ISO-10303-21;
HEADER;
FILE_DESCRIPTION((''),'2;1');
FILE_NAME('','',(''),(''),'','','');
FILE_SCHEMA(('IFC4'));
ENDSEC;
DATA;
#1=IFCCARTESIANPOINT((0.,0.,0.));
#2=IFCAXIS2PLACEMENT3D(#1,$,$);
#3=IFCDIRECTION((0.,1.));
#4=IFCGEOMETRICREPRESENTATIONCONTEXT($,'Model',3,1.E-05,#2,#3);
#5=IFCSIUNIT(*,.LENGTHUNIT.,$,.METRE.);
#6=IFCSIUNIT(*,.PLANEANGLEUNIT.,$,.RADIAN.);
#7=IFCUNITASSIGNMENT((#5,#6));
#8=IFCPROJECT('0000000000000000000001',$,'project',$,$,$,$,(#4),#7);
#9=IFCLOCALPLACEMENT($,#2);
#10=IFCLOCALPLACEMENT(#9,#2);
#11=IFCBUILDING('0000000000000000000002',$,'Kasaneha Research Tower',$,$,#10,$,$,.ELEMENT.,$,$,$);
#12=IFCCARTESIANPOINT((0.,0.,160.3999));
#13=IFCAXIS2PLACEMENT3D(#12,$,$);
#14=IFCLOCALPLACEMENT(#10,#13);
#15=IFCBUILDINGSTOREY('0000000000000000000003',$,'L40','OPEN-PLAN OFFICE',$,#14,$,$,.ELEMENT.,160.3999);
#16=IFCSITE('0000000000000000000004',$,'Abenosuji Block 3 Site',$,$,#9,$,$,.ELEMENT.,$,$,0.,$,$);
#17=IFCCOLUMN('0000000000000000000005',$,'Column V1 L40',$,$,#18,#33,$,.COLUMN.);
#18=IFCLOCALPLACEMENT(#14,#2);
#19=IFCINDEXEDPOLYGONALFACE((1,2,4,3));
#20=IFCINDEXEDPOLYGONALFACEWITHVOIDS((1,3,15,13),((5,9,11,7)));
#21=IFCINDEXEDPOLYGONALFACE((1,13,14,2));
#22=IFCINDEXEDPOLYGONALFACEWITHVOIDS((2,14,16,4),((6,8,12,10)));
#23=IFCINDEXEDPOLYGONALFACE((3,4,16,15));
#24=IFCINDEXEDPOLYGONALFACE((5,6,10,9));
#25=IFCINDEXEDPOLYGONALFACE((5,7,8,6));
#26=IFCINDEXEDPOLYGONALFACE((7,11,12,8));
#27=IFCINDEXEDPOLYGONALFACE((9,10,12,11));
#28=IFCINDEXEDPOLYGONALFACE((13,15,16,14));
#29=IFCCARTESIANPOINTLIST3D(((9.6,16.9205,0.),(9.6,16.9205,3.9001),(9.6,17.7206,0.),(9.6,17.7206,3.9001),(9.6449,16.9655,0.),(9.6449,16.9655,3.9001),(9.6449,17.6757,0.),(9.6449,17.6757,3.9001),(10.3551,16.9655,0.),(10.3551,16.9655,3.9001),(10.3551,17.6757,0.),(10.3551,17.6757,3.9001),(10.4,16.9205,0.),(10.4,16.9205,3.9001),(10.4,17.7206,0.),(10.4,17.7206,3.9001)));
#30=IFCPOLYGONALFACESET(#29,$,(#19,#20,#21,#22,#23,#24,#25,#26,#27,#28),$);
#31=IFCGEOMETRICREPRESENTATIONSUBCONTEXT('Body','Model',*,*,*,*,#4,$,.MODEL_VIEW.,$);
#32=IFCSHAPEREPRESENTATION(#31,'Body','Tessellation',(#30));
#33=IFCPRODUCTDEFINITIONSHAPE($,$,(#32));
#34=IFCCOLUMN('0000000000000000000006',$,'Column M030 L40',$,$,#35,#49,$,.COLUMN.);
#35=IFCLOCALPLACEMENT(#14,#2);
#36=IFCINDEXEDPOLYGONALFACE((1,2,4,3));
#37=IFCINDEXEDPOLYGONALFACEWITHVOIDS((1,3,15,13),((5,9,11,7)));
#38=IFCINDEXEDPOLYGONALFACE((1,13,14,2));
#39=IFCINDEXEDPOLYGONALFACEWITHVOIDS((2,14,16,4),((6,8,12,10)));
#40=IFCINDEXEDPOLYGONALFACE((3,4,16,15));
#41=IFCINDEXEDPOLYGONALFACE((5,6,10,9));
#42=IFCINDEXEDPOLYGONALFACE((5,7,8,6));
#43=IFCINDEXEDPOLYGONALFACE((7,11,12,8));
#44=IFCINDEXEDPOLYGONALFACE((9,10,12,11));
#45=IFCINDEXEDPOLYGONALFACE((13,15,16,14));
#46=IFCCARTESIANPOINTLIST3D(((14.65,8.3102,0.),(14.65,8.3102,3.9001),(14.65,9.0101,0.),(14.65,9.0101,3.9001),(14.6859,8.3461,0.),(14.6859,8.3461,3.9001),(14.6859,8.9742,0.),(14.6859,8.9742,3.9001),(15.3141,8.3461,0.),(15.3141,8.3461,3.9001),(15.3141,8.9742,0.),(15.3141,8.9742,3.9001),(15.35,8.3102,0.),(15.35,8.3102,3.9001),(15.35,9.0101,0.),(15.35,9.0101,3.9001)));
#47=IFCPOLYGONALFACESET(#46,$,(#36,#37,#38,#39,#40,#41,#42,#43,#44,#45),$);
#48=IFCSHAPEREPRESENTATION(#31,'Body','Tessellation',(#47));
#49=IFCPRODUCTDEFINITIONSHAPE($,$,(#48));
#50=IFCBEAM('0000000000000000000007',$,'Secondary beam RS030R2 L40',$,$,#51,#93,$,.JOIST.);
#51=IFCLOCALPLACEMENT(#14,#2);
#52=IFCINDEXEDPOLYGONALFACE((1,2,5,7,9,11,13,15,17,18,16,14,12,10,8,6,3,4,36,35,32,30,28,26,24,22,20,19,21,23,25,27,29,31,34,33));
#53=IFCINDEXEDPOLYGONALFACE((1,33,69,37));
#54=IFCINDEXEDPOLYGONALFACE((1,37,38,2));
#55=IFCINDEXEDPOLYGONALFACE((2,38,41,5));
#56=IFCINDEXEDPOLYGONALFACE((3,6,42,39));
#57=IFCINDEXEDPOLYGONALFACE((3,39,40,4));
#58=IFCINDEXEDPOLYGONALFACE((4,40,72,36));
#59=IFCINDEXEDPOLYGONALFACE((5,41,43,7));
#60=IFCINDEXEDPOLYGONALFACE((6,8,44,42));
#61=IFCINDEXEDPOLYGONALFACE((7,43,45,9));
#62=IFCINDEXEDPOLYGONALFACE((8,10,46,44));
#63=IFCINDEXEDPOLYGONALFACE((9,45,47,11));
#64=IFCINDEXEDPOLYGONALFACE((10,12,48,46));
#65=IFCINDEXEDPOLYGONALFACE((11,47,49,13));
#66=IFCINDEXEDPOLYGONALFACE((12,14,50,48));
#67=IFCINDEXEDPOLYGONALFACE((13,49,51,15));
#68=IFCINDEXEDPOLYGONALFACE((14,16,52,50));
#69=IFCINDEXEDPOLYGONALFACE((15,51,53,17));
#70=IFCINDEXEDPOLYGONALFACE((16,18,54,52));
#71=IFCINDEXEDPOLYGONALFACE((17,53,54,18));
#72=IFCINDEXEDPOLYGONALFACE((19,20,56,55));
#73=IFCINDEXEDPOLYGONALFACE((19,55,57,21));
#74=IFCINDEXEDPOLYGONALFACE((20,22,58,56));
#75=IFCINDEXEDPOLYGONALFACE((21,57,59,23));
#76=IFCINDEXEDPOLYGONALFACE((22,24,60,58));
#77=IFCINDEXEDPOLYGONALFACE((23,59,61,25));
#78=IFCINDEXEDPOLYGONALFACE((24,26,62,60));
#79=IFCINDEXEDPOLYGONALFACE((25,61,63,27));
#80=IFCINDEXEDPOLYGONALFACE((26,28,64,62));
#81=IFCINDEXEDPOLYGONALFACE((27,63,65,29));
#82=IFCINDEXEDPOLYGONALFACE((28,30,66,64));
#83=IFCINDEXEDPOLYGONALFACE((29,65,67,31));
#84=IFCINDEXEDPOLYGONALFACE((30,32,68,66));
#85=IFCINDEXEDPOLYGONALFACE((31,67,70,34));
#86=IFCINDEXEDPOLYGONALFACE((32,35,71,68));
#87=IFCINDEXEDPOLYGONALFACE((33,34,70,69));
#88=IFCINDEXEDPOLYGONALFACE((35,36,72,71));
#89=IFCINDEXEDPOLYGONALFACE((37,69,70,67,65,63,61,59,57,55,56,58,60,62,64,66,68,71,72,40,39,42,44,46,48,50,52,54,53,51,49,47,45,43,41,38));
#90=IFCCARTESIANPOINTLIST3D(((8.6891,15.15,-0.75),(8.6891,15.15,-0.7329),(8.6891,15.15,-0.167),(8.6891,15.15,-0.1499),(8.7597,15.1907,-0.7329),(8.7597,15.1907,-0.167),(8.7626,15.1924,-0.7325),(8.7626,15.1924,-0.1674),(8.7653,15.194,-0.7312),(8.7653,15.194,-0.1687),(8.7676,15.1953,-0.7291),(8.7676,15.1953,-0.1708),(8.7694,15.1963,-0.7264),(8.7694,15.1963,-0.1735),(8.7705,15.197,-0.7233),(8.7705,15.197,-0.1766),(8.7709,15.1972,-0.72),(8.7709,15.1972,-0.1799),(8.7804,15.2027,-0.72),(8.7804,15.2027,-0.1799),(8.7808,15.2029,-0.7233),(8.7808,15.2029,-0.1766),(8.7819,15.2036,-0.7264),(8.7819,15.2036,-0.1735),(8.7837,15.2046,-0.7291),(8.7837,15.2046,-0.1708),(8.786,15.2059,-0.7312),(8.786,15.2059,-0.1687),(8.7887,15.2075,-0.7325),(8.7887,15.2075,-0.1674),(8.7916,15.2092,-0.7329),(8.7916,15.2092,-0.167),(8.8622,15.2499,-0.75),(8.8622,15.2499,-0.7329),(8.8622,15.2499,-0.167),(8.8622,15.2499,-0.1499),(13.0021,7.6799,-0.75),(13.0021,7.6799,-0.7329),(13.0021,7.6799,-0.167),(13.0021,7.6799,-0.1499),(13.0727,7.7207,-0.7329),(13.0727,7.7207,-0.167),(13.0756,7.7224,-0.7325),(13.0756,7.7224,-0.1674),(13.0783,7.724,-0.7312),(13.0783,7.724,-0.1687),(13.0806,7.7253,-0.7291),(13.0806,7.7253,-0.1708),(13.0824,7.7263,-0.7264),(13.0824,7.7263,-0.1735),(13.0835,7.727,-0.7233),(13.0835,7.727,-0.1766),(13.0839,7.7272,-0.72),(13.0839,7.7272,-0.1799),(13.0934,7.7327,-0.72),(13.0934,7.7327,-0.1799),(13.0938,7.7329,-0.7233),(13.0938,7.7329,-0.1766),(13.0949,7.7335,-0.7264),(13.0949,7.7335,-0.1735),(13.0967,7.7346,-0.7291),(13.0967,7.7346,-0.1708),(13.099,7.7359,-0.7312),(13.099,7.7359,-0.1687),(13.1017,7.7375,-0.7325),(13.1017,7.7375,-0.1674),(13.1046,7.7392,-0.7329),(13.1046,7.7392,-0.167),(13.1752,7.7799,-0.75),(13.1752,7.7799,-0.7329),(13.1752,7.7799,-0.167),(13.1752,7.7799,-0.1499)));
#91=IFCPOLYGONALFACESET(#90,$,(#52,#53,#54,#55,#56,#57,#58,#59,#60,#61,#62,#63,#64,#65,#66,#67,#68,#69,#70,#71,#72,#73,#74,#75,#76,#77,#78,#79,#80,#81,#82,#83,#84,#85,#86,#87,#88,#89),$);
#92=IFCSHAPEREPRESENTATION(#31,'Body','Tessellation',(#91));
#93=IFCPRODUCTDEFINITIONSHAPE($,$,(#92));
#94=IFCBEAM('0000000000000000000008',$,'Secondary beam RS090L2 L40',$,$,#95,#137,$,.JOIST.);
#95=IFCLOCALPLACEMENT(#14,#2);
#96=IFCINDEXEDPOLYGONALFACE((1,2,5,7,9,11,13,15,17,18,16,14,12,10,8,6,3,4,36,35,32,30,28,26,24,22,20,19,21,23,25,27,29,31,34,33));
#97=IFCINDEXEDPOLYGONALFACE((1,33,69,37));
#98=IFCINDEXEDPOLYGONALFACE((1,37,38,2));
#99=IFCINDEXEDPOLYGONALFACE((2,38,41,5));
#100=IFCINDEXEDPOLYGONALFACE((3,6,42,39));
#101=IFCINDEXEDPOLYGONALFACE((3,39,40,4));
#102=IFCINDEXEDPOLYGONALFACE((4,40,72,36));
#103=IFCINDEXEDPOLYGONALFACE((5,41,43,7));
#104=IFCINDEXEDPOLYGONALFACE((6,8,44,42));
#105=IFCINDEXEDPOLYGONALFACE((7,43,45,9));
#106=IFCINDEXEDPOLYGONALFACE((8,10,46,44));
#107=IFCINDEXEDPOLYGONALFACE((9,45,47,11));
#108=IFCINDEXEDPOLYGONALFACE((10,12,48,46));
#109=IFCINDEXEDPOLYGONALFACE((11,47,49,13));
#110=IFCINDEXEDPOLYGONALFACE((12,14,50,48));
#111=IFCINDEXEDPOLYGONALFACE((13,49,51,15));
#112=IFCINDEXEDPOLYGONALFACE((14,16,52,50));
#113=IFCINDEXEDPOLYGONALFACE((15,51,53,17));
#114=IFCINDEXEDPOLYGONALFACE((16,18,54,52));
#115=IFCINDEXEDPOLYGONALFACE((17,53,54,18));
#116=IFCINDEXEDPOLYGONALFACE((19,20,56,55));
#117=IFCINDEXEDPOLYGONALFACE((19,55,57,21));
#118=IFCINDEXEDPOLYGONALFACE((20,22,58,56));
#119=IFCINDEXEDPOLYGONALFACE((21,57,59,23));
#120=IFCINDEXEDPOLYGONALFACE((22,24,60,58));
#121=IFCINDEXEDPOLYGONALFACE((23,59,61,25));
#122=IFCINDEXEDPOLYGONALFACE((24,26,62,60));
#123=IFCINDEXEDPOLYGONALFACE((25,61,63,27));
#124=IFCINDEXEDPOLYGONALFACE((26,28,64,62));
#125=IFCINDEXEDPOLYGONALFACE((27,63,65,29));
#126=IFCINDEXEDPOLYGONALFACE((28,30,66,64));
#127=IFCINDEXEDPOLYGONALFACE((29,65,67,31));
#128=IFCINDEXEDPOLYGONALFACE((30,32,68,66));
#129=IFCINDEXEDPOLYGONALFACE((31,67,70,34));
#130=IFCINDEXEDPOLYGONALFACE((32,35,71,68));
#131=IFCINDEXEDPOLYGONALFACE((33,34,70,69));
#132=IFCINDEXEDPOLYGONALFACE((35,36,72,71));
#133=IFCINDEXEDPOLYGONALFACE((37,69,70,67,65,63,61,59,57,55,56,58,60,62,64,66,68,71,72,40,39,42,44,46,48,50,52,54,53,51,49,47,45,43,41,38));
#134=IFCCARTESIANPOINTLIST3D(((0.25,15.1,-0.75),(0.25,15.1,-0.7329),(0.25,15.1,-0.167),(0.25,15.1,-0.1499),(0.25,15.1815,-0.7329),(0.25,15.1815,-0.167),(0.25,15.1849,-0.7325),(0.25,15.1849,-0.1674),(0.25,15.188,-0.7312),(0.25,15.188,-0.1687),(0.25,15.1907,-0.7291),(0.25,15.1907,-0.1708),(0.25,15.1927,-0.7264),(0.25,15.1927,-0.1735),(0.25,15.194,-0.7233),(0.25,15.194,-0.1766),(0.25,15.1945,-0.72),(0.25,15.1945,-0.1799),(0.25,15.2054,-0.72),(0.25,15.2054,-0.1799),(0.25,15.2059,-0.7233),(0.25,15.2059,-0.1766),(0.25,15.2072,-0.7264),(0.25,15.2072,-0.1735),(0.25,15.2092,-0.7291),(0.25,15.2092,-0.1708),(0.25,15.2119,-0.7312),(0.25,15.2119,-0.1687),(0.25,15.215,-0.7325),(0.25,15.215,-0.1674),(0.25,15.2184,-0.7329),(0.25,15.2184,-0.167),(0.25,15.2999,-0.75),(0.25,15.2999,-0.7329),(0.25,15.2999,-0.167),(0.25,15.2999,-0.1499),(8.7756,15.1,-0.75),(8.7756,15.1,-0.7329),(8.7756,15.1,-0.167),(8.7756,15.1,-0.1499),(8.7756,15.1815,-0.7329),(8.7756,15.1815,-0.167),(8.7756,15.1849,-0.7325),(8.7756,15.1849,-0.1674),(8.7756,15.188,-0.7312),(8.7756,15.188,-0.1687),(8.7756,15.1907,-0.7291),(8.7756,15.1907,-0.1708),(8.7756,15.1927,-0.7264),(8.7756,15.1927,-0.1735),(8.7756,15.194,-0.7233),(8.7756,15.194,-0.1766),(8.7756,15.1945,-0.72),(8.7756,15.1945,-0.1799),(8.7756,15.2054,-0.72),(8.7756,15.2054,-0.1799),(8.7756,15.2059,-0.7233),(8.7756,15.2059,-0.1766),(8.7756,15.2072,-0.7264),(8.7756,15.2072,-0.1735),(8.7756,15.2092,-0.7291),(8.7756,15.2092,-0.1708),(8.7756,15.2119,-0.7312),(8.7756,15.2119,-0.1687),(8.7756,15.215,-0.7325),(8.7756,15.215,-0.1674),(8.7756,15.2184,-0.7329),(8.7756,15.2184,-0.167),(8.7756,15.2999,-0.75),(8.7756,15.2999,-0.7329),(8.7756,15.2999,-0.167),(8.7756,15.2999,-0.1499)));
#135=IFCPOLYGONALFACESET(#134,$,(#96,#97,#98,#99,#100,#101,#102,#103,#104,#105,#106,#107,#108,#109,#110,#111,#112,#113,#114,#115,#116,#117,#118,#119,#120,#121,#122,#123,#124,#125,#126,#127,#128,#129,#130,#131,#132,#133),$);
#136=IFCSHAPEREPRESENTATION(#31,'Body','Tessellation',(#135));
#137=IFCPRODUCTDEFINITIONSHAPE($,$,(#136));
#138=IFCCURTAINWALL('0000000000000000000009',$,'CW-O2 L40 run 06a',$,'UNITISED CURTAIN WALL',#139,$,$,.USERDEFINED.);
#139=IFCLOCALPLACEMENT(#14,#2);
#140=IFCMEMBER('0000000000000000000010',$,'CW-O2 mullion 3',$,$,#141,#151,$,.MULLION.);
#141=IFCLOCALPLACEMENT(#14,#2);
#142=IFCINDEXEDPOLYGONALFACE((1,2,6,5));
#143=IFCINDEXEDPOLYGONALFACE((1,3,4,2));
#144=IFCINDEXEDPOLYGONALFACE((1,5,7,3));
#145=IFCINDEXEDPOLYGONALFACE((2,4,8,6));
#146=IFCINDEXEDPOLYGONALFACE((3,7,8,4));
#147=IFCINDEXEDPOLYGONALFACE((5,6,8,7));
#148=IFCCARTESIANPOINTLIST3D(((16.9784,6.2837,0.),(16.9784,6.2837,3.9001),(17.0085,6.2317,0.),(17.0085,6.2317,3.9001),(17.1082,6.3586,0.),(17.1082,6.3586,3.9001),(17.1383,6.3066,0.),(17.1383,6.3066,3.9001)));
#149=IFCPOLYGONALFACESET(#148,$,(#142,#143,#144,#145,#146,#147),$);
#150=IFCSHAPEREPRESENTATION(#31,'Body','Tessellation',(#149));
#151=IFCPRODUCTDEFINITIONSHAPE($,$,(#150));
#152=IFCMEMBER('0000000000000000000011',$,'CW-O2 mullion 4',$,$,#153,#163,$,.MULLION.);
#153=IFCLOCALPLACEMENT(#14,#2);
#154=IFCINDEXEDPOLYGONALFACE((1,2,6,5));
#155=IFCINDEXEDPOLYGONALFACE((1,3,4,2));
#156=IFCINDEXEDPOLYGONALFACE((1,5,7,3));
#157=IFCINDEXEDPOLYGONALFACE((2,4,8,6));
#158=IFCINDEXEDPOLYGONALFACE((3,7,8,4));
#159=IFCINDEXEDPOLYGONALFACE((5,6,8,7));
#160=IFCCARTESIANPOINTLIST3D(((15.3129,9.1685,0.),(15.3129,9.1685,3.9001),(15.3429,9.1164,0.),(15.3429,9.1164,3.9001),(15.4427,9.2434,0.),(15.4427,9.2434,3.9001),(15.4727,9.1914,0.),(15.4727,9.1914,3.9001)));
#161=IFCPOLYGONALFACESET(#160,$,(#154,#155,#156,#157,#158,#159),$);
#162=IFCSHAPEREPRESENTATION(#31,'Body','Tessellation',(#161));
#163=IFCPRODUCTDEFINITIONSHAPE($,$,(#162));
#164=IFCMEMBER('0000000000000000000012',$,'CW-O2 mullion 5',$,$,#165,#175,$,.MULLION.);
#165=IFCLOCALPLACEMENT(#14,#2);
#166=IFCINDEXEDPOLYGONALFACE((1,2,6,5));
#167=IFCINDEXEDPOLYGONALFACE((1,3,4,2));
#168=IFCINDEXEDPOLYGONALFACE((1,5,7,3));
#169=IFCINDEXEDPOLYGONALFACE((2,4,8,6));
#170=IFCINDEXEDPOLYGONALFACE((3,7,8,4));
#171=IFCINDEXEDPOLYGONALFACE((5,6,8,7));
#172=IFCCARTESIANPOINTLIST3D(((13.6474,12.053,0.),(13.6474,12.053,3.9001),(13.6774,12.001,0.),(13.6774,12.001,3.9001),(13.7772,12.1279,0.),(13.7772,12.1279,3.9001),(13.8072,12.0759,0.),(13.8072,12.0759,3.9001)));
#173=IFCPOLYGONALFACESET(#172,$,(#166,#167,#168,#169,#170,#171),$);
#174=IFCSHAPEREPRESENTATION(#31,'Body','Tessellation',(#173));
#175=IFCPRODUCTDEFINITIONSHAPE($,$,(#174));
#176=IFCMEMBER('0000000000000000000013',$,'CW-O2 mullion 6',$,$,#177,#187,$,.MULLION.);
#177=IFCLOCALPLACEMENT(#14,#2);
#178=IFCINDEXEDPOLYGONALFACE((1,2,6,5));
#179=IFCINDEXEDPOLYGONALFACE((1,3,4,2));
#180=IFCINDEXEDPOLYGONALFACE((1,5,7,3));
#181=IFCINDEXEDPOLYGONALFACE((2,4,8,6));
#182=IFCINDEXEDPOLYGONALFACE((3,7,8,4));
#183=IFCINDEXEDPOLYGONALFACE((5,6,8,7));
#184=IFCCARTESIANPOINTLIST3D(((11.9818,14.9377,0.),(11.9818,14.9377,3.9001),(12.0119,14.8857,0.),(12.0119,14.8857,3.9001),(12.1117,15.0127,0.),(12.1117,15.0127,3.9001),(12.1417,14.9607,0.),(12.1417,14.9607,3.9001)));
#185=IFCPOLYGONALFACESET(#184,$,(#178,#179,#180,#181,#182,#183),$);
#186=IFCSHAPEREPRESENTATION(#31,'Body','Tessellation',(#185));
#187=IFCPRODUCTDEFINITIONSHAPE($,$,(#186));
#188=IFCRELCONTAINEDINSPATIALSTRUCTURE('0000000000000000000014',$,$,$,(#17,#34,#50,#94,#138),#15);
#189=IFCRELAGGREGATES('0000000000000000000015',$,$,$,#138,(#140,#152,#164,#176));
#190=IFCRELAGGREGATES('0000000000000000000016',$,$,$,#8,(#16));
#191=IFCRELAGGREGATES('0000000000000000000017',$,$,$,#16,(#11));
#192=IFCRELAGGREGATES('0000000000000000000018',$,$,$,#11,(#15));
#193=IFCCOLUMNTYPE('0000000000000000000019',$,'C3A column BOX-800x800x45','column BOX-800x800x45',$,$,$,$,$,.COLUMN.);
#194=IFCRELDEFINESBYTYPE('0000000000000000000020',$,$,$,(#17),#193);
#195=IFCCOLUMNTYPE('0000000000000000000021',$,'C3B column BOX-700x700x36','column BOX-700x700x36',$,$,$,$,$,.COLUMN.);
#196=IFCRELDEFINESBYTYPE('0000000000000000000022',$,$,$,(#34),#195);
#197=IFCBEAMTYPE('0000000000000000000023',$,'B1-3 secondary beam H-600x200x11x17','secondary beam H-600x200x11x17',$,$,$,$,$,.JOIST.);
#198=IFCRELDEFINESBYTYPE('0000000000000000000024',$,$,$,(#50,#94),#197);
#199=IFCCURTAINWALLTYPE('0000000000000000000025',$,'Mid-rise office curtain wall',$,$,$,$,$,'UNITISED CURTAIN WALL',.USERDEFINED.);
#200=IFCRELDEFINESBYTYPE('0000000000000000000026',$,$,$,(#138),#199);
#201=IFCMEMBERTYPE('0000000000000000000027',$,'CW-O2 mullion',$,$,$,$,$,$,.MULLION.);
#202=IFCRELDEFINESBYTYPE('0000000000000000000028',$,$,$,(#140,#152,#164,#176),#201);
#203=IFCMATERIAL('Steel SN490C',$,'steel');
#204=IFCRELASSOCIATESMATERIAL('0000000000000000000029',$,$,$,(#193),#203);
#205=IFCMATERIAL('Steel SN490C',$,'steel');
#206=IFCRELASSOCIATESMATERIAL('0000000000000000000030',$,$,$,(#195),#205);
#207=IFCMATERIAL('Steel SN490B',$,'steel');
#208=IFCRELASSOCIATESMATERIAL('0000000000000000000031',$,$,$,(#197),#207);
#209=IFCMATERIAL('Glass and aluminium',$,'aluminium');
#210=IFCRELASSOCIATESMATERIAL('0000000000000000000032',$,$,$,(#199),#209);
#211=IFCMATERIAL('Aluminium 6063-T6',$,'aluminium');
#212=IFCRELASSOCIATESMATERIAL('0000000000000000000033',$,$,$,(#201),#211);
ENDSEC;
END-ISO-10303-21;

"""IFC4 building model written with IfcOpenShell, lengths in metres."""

from ifc_helpers import new_model, si_unit, direction, frame, origin, origin_2d, place, context, subcontext, project, spatial, rectangle, hollow_rectangle, i_section, extrude, material, material_profile, profile_set, type_object, element, aggregate, save


model = new_model("IFC4")

# Units and contexts
model_context = context("Model", 3, precision=1e-05, world=origin(), true_north=direction((0.0, 1.0)))
body_context = subcontext(model_context, "Body", "Model", "MODEL_VIEW")
ifc_project = project(units=[si_unit("LENGTHUNIT", "METRE"), si_unit("PLANEANGLEUNIT", "RADIAN")], contexts=[model_context])

# Site, building, storey
site_placement = place(None, origin())
site = spatial("IfcSite", under=ifc_project, at=site_placement, Name="Abenosuji Block 3 Site", CompositionType="ELEMENT", RefElevation=0.0)
building_placement = place(site_placement, origin())
building = spatial("IfcBuilding", under=site, at=building_placement, Name="Kasaneha Research Tower", CompositionType="ELEMENT")
storey_placement = place(building_placement, frame((0.0, 0.0, 160.3999)))
storey = spatial("IfcBuildingStorey", under=building, at=storey_placement, Name="L40", Description="OPEN-PLAN OFFICE", CompositionType="ELEMENT", Elevation=160.3999)

# Columns
ifc_material_1 = material(Name="Steel SN490C", Category="steel")
ifc_material_profile_1 = material_profile(ifc_material_1, hollow_rectangle(XDim=0.8, YDim=0.8, WallThickness=0.0449, at=origin_2d()), Name="BOX-800x800x45")
ifc_profile_set_1 = profile_set([ifc_material_profile_1], Name="Steel SN490C")
column_type_1 = type_object("IfcColumnType", Name="C3A column BOX-800x800x45", Description="column BOX-800x800x45", PredefinedType="COLUMN", material=ifc_profile_set_1)
column_1_placement = place(storey_placement, frame((10.0, 17.3206, 0.0), z_axis=(0.0, 0.0, 1.0), x_axis=(1.0, 0.0, 0.0)))
element("IfcColumn", 1, at=column_1_placement, inside=storey, type_object=column_type_1, Name="Column V1 L40", PredefinedType="COLUMN", context=body_context, shape_type="SweptSolid", body=[
    extrude(hollow_rectangle(XDim=0.8, YDim=0.8, WallThickness=0.0449, at=origin_2d()), origin(), (0.0, 0.0, 1.0), 3.9001),
])
ifc_material_2 = material(Name="Steel SN490C", Category="steel")
ifc_material_profile_2 = material_profile(ifc_material_2, hollow_rectangle(XDim=0.7, YDim=0.7, WallThickness=0.0359, at=origin_2d()), Name="BOX-700x700x36")
ifc_profile_set_2 = profile_set([ifc_material_profile_2], Name="Steel SN490C")
column_type_2 = type_object("IfcColumnType", Name="C3B column BOX-700x700x36", Description="column BOX-700x700x36", PredefinedType="COLUMN", material=ifc_profile_set_2)
column_2_placement = place(storey_placement, frame((15.0, 8.6602, 0.0), z_axis=(0.0, 0.0, 1.0), x_axis=(1.0, 0.0, 0.0)))
element("IfcColumn", 2, at=column_2_placement, inside=storey, type_object=column_type_2, Name="Column M030 L40", PredefinedType="COLUMN", context=body_context, shape_type="SweptSolid", body=[
    extrude(hollow_rectangle(XDim=0.7, YDim=0.7, WallThickness=0.0359, at=origin_2d()), origin(), (0.0, 0.0, 1.0), 3.9001),
])

# Beams
ifc_material_3 = material(Name="Steel SN490B", Category="steel")
ifc_material_profile_3 = material_profile(ifc_material_3, i_section(OverallWidth=0.2, OverallDepth=0.6001, WebThickness=0.011, FlangeThickness=0.0171, FilletRadius=0.0129, at=origin_2d()), Name="H-600x200x11x17")
ifc_profile_set_3 = profile_set([ifc_material_profile_3], Name="Steel SN490B")
beam_type_1 = type_object("IfcBeamType", Name="B1-3 secondary beam H-600x200x11x17", Description="secondary beam H-600x200x11x17", PredefinedType="JOIST", material=ifc_profile_set_3)
beam_1_placement = place(storey_placement, frame((8.7756, 15.2, -0.45), z_axis=(0.500017, -0.866015, 0.0), x_axis=(0.866015, 0.500017, 0.0)))
element("IfcBeam", 3, at=beam_1_placement, inside=storey, type_object=beam_type_1, Name="Secondary beam RS030R2 L40", PredefinedType="JOIST", context=body_context, shape_type="SweptSolid", body=[
    extrude(i_section(OverallWidth=0.2, OverallDepth=0.6001, WebThickness=0.011, FlangeThickness=0.0171, FilletRadius=0.0129, at=origin_2d()), origin(), (0.0, 0.0, 1.0), 8.6257),
])
beam_2_placement = place(storey_placement, frame((8.7756, 15.2, -0.45), z_axis=(-1.0, 0.0, 0.0), x_axis=(0.0, -1.0, 0.0)))
element("IfcBeam", 4, at=beam_2_placement, inside=storey, type_object=beam_type_1, Name="Secondary beam RS090L2 L40", PredefinedType="JOIST", context=body_context, shape_type="SweptSolid", body=[
    extrude(i_section(OverallWidth=0.2, OverallDepth=0.6001, WebThickness=0.011, FlangeThickness=0.0171, FilletRadius=0.0129, at=origin_2d()), origin(), (0.0, 0.0, 1.0), 8.5256),
])

# Curtain wall, members
ifc_material_4 = material(Name="Glass and aluminium", Category="aluminium")
curtain_wall_type = type_object("IfcCurtainWallType", Name="Mid-rise office curtain wall", ElementType="UNITISED CURTAIN WALL", PredefinedType="USERDEFINED", material=ifc_material_4)
curtain_wall_1_placement = place(storey_placement, origin())
curtain_wall_1 = element("IfcCurtainWall", 5, at=curtain_wall_1_placement, inside=storey, type_object=curtain_wall_type, Name="CW-O2 L40 run 06a", ObjectType="UNITISED CURTAIN WALL", PredefinedType="USERDEFINED")
ifc_material_5 = material(Name="Aluminium 6063-T6", Category="aluminium")
ifc_material_profile_4 = material_profile(ifc_material_5, rectangle(XDim=0.0601, YDim=0.1499, at=origin_2d()), Name="CW-O2 mullion 60x150")
ifc_profile_set_4 = profile_set([ifc_material_profile_4], Name="Aluminium 6063-T6")
member_type_1 = type_object("IfcMemberType", Name="CW-O2 mullion", PredefinedType="MULLION", material=ifc_profile_set_4)
member_1_placement = place(storey_placement, frame((17.0583, 6.2952, 0.0), z_axis=(0.0, 0.0, 1.0), x_axis=(-0.5, 0.866025, 0.0)))
member_1 = element("IfcMember", 6, at=member_1_placement, type_object=member_type_1, Name="CW-O2 mullion 3", PredefinedType="MULLION", context=body_context, shape_type="SweptSolid", body=[
    extrude(rectangle(XDim=0.0601, YDim=0.1499, at=origin_2d()), origin(), (0.0, 0.0, 1.0), 3.9001),
])
member_2_placement = place(storey_placement, frame((15.3928, 9.1799, 0.0), z_axis=(0.0, 0.0, 1.0), x_axis=(-0.5, 0.866025, 0.0)))
member_2 = element("IfcMember", 7, at=member_2_placement, type_object=member_type_1, Name="CW-O2 mullion 4", PredefinedType="MULLION", context=body_context, shape_type="SweptSolid", body=[
    extrude(rectangle(XDim=0.0601, YDim=0.1499, at=origin_2d()), origin(), (0.0, 0.0, 1.0), 3.9001),
])
member_3_placement = place(storey_placement, frame((13.7273, 12.0645, 0.0), z_axis=(0.0, 0.0, 1.0), x_axis=(-0.5, 0.866025, 0.0)))
member_3 = element("IfcMember", 8, at=member_3_placement, type_object=member_type_1, Name="CW-O2 mullion 5", PredefinedType="MULLION", context=body_context, shape_type="SweptSolid", body=[
    extrude(rectangle(XDim=0.0601, YDim=0.1499, at=origin_2d()), origin(), (0.0, 0.0, 1.0), 3.9001),
])
member_4_placement = place(storey_placement, frame((12.0618, 14.9492, 0.0), z_axis=(0.0, 0.0, 1.0), x_axis=(-0.5, 0.866025, 0.0)))
member_4 = element("IfcMember", 9, at=member_4_placement, type_object=member_type_1, Name="CW-O2 mullion 6", PredefinedType="MULLION", context=body_context, shape_type="SweptSolid", body=[
    extrude(rectangle(XDim=0.0601, YDim=0.1499, at=origin_2d()), origin(), (0.0, 0.0, 1.0), 3.9001),
])

aggregate(curtain_wall_1, [member_1, member_2, member_3, member_4])

save(model, "model.ifc")
